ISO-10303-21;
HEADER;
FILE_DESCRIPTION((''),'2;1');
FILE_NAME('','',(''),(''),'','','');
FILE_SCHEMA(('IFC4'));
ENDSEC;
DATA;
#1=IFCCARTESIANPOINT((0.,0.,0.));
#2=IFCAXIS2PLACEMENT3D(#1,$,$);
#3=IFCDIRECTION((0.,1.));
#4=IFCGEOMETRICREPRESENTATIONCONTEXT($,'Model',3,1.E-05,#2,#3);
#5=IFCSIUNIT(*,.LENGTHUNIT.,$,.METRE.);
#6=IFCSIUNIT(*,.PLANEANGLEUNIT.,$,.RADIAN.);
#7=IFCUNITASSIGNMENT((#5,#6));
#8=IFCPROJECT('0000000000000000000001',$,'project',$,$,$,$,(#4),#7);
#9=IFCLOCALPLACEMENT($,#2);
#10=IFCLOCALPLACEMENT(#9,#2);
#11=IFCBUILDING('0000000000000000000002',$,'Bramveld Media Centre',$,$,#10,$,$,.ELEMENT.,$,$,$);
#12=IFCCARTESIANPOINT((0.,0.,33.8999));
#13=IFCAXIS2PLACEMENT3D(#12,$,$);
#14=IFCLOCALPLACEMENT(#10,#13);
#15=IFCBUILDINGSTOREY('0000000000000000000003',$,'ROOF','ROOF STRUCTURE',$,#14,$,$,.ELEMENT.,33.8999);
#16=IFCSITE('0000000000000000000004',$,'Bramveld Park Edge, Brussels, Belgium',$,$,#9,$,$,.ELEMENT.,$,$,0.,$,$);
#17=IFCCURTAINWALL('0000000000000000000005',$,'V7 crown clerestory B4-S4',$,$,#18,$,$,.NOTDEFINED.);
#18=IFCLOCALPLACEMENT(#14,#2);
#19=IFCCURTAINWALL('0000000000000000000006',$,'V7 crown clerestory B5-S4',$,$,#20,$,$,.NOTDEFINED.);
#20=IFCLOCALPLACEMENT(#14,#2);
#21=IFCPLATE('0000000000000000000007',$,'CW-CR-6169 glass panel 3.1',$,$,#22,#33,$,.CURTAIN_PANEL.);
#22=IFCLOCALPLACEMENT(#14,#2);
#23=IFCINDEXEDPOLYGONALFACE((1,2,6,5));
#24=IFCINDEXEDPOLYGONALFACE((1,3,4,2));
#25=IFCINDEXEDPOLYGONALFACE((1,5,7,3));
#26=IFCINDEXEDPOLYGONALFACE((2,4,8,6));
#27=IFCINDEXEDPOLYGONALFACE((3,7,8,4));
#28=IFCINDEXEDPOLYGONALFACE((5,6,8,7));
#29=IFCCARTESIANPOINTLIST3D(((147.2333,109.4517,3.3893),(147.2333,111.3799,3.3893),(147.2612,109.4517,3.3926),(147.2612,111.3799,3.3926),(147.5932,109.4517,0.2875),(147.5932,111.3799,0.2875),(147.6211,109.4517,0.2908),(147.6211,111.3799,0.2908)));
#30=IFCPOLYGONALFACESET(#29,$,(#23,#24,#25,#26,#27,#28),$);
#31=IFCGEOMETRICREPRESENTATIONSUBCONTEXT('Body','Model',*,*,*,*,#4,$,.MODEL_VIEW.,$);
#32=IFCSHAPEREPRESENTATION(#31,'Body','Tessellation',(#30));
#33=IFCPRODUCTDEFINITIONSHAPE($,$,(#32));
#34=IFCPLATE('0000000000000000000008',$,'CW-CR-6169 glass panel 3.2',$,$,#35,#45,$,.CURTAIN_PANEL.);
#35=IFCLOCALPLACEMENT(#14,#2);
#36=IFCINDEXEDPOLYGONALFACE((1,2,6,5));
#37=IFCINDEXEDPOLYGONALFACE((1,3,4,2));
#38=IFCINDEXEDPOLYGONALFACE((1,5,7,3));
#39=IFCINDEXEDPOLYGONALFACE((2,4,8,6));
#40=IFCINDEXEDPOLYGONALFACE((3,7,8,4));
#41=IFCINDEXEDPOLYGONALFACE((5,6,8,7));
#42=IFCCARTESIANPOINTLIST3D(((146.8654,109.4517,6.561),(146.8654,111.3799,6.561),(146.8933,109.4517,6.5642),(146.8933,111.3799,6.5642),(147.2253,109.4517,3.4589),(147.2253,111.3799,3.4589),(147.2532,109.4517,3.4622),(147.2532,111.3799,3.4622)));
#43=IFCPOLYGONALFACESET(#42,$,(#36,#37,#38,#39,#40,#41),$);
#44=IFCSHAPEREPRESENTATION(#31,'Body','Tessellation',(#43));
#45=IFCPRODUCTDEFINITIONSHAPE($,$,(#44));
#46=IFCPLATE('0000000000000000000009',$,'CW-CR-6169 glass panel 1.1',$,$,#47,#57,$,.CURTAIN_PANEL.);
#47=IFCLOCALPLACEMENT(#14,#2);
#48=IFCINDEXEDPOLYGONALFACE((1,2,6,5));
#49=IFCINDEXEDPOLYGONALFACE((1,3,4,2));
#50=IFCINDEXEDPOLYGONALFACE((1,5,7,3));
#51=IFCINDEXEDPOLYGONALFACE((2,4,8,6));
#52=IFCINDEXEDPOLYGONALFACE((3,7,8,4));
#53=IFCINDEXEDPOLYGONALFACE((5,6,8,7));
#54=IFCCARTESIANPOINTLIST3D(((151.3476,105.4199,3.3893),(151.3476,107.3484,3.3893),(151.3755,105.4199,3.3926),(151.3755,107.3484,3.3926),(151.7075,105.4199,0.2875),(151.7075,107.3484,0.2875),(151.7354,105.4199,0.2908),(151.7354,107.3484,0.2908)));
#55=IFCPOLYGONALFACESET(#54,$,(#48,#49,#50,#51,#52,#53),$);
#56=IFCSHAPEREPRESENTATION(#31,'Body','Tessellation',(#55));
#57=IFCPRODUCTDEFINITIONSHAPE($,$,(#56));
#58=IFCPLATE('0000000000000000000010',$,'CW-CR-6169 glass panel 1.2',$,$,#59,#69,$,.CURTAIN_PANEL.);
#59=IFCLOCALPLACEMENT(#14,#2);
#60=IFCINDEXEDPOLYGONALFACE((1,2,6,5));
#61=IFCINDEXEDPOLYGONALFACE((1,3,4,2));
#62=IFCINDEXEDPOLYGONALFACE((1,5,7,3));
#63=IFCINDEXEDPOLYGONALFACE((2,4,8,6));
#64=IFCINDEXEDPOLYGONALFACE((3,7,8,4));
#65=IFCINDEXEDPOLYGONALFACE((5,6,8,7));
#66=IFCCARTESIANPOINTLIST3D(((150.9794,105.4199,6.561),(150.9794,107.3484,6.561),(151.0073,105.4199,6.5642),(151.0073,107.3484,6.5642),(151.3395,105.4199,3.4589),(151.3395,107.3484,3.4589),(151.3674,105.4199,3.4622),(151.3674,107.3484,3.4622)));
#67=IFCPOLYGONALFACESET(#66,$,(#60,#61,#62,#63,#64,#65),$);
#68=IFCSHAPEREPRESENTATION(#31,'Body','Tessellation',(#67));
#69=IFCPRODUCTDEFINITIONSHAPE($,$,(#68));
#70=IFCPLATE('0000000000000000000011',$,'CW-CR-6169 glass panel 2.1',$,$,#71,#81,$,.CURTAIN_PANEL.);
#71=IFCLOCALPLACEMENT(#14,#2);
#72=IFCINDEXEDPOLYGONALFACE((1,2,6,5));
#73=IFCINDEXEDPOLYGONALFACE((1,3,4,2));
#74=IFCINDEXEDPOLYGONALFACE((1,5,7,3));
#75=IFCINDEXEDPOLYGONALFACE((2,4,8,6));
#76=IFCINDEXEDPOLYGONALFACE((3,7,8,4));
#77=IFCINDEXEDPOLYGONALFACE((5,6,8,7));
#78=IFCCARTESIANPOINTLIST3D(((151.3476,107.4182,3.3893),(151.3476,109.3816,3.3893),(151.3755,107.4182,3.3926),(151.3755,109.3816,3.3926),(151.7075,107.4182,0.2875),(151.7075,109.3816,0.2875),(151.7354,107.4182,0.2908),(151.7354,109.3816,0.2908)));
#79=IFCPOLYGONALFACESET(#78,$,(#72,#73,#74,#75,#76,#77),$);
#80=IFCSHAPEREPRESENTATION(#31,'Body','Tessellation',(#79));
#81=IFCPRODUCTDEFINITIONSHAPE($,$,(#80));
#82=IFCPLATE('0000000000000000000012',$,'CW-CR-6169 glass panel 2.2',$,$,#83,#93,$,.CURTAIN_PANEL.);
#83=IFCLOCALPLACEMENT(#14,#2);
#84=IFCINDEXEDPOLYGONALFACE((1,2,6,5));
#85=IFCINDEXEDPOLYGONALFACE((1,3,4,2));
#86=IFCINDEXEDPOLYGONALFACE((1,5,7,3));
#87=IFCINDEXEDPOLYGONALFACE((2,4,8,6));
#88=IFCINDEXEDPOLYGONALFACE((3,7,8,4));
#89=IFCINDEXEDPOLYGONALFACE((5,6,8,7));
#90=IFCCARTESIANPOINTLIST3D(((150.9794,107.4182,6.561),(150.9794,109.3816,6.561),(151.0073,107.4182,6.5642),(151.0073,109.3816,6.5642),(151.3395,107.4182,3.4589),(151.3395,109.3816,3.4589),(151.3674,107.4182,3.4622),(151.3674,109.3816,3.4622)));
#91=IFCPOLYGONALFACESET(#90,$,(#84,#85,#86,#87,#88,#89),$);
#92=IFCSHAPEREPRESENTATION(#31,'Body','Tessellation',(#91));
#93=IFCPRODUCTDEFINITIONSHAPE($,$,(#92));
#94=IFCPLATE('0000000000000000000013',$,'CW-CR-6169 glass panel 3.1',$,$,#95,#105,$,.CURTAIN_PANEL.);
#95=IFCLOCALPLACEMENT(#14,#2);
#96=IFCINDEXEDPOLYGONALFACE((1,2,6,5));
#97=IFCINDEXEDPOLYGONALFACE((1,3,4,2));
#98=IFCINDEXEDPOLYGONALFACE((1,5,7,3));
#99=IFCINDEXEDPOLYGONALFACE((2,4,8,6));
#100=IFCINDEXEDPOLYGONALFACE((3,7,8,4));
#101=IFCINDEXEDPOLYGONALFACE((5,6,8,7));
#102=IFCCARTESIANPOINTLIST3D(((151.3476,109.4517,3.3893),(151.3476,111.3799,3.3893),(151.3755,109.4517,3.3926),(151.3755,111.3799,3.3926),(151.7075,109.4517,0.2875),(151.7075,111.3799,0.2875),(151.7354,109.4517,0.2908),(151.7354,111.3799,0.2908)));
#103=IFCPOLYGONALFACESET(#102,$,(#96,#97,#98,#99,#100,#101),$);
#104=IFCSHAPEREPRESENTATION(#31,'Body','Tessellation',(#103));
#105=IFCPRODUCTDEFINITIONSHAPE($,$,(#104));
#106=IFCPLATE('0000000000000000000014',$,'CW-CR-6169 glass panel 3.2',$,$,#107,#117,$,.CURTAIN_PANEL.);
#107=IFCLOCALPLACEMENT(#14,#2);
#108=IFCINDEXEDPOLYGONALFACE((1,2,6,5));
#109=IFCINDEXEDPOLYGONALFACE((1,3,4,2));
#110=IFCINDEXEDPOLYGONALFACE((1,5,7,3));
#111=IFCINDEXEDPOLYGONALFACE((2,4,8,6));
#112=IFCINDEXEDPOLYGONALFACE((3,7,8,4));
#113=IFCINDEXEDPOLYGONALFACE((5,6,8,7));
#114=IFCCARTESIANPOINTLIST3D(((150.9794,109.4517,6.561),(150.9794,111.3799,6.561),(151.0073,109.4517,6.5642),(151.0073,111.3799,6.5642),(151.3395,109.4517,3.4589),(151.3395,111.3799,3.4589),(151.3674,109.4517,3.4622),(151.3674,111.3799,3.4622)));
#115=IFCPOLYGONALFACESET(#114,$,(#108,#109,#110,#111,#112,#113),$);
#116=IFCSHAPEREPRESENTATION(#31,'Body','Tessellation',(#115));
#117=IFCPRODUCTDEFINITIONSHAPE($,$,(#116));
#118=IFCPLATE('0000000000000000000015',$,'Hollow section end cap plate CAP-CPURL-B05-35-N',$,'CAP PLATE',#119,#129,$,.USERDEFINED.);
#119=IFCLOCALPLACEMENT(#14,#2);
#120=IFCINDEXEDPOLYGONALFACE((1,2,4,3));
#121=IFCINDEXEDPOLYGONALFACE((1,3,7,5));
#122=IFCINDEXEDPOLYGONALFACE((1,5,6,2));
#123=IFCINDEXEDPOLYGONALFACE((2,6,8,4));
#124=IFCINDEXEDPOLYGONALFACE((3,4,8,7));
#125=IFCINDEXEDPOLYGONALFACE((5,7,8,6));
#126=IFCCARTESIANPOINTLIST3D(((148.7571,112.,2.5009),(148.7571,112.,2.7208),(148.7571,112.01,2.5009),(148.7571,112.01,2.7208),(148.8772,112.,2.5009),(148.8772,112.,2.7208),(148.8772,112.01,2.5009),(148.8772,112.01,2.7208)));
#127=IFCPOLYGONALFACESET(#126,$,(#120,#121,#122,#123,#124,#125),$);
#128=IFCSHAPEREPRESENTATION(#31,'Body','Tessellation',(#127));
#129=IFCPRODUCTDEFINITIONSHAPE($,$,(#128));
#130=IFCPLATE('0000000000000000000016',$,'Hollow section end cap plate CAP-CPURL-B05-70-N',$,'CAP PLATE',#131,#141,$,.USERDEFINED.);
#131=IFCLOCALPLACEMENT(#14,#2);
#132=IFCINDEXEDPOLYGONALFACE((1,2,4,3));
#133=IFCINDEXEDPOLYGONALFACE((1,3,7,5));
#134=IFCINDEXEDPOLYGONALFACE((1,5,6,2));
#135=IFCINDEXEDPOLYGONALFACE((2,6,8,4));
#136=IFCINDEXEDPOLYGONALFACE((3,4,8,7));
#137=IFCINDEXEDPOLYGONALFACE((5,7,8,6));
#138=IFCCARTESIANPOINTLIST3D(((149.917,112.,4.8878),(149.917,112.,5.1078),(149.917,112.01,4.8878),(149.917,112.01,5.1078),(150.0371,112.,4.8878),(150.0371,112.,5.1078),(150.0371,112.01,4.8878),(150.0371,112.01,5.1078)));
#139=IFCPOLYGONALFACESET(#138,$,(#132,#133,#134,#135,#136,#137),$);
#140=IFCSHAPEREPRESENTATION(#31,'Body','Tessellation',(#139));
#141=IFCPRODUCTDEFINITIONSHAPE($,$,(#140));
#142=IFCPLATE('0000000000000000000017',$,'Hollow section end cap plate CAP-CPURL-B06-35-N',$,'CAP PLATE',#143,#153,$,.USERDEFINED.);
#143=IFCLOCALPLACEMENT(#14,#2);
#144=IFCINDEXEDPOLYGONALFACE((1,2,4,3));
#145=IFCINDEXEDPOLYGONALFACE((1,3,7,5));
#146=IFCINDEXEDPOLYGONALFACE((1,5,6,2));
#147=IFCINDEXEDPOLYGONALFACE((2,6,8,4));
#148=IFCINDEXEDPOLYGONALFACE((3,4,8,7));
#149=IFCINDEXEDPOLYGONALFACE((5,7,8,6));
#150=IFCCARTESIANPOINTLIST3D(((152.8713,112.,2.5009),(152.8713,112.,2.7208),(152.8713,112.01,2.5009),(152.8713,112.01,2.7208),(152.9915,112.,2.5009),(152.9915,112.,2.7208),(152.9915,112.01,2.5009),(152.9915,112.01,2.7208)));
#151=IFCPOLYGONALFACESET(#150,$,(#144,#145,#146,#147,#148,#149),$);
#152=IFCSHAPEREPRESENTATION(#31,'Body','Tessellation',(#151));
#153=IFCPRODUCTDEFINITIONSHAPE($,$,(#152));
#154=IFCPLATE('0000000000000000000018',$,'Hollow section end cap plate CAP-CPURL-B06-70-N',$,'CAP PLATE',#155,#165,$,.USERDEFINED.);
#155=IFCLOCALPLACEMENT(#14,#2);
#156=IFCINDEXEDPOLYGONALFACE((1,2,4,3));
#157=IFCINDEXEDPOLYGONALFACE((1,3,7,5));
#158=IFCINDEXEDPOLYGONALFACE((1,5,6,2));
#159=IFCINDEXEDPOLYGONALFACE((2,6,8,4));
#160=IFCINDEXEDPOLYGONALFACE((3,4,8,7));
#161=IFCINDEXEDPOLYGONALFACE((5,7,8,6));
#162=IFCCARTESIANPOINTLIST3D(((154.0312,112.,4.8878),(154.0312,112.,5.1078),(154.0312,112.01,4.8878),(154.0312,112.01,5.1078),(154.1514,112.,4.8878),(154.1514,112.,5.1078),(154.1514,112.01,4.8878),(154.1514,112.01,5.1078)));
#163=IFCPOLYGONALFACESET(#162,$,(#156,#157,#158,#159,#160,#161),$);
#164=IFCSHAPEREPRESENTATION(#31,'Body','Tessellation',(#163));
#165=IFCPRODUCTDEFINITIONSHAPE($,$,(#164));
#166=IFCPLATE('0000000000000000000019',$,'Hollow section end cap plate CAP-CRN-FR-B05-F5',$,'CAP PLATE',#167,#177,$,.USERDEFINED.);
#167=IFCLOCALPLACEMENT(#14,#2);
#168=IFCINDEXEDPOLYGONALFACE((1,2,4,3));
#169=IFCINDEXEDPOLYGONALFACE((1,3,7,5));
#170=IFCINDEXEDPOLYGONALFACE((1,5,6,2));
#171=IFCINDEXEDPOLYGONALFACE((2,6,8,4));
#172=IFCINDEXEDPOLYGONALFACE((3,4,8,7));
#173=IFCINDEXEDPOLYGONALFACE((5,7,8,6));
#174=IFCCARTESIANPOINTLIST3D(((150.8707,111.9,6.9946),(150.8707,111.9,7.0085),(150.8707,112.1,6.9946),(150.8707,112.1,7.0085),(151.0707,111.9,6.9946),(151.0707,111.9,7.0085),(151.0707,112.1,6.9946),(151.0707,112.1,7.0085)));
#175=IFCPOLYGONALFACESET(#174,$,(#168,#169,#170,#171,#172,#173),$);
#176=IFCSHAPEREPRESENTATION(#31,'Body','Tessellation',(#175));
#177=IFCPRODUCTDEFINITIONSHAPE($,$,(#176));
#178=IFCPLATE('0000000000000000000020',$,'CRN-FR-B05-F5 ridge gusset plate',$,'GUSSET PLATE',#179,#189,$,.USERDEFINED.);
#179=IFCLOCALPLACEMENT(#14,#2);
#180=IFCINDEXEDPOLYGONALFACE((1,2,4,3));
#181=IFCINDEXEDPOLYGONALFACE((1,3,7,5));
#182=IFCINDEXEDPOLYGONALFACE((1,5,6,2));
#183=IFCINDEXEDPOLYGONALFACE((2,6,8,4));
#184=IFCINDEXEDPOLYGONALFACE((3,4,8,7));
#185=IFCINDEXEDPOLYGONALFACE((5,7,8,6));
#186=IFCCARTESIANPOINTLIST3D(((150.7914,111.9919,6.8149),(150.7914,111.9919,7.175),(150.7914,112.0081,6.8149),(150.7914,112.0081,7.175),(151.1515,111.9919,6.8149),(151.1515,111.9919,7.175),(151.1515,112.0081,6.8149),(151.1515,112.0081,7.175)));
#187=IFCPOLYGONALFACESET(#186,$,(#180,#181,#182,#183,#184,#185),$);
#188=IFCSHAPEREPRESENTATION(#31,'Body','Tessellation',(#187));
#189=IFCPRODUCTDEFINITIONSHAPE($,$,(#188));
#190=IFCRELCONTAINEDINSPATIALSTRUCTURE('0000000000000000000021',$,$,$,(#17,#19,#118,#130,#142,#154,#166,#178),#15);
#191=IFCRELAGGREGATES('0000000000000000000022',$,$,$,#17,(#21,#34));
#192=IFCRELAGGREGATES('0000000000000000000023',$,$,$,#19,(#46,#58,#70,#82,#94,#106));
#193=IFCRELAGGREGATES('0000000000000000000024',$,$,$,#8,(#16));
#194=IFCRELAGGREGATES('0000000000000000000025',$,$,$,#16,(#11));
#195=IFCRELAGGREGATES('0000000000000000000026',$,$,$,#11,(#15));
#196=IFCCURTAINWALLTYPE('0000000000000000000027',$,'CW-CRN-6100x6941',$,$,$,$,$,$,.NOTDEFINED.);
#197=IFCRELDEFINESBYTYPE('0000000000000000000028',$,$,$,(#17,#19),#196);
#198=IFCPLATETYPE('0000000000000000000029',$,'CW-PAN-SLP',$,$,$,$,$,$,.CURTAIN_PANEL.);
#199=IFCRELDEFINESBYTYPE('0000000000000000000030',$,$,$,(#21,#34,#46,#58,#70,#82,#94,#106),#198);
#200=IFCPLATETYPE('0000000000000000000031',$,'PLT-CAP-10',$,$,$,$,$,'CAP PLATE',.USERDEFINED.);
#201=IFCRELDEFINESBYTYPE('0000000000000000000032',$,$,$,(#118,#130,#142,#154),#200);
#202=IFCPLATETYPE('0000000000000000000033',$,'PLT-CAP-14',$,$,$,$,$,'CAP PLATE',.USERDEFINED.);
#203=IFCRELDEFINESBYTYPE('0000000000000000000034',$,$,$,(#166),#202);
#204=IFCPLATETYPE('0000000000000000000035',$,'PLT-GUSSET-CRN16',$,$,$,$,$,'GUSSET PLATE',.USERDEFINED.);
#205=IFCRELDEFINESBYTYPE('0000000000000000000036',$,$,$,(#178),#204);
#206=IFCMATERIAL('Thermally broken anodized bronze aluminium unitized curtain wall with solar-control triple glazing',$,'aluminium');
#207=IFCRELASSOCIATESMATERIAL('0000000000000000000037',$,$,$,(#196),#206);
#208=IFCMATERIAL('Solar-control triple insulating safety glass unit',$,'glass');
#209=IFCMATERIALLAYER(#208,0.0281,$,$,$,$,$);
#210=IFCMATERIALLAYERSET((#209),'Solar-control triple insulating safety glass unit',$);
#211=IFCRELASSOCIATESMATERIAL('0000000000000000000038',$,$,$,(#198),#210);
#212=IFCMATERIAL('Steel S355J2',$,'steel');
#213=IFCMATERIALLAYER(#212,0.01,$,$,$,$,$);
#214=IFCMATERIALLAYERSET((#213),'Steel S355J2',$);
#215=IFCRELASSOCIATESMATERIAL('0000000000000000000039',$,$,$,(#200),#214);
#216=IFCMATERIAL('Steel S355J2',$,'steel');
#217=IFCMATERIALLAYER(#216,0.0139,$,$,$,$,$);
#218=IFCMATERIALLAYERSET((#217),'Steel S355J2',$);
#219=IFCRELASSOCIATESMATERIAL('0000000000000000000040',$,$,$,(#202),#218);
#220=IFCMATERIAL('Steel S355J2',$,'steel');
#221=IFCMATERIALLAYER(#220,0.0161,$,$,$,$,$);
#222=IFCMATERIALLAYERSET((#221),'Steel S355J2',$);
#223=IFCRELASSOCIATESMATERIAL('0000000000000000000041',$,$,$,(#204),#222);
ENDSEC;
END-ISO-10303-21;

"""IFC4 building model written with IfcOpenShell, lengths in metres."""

from ifc_helpers import new_model, si_unit, direction, frame, origin, origin_2d, place, context, subcontext, project, spatial, polyline, rectangle, outline, extrude, material, layer, layer_set, type_object, element, aggregate, save


model = new_model("IFC4")

# Units and contexts
model_context = context("Model", 3, precision=1e-05, world=origin(), true_north=direction((0.0, 1.0)))
body_context = subcontext(model_context, "Body", "Model", "MODEL_VIEW")
ifc_project = project(units=[si_unit("LENGTHUNIT", "METRE"), si_unit("PLANEANGLEUNIT", "RADIAN")], contexts=[model_context])

# Site, building, storey
site_placement = place(None, origin())
site = spatial("IfcSite", under=ifc_project, at=site_placement, Name="Bramveld Park Edge, Brussels, Belgium", CompositionType="ELEMENT", RefElevation=0.0)
building_placement = place(site_placement, origin())
building = spatial("IfcBuilding", under=site, at=building_placement, Name="Bramveld Media Centre", CompositionType="ELEMENT")
storey_placement = place(building_placement, frame((0.0, 0.0, 33.8999)))
storey = spatial("IfcBuildingStorey", under=building, at=storey_placement, Name="ROOF", Description="ROOF STRUCTURE", CompositionType="ELEMENT", Elevation=33.8999)

# Curtain walls
ifc_material_1 = material(Name="Thermally broken anodized bronze aluminium unitized curtain wall with solar-control triple glazing", Category="aluminium")
curtain_wall_type = type_object("IfcCurtainWallType", Name="CW-CRN-6100x6941", PredefinedType="NOTDEFINED", material=ifc_material_1)
curtain_wall_1_placement = place(storey_placement, origin())
curtain_wall_1 = element("IfcCurtainWall", 1, at=curtain_wall_1_placement, inside=storey, type_object=curtain_wall_type, Name="V7 crown clerestory B4-S4", PredefinedType="NOTDEFINED")
curtain_wall_2_placement = place(storey_placement, origin())
curtain_wall_2 = element("IfcCurtainWall", 2, at=curtain_wall_2_placement, inside=storey, type_object=curtain_wall_type, Name="V7 crown clerestory B5-S4", PredefinedType="NOTDEFINED")

# Plates
ifc_material_2 = material(Name="Solar-control triple insulating safety glass unit", Category="glass")
ifc_layer_1 = layer(ifc_material_2, 0.0281)
ifc_layer_set_1 = layer_set([ifc_layer_1], Name="Solar-control triple insulating safety glass unit")
plate_type_1 = type_object("IfcPlateType", Name="CW-PAN-SLP", PredefinedType="CURTAIN_PANEL", material=ifc_layer_set_1)
plate_1_placement = place(storey_placement, frame((147.6211, 109.4517, 0.2908), z_axis=(0.993337, 0.0, 0.115244), x_axis=(0.0, 1.0, 0.0)))
plate_1 = element("IfcPlate", 3, at=plate_1_placement, type_object=plate_type_1, Name="CW-CR-6169 glass panel 3.1", PredefinedType="CURTAIN_PANEL", context=body_context, shape_type="SweptSolid", body=[
    extrude(outline(polyline([(0.0, 0.0), (1.9282, 0.0), (1.9282, 3.1226), (0.0, 3.1226), (0.0, 0.0)])), origin(), (0.0, 0.0, -1.0), 0.0281),
])
plate_2_placement = place(storey_placement, frame((147.2532, 109.4517, 3.4622), z_axis=(0.993338, 0.0, 0.115235), x_axis=(0.0, 1.0, 0.0)))
plate_2 = element("IfcPlate", 4, at=plate_2_placement, type_object=plate_type_1, Name="CW-CR-6169 glass panel 3.2", PredefinedType="CURTAIN_PANEL", context=body_context, shape_type="SweptSolid", body=[
    extrude(outline(polyline([(0.0, 0.0), (1.9282, 0.0), (1.9282, 3.1229), (0.0, 3.1229), (0.0, 0.0)])), origin(), (0.0, 0.0, -1.0), 0.0281),
])
aggregate(curtain_wall_1, [plate_1, plate_2])
plate_3_placement = place(storey_placement, frame((151.7354, 105.4199, 0.2908), z_axis=(0.993337, 0.0, 0.115244), x_axis=(0.0, 1.0, 0.0)))
plate_3 = element("IfcPlate", 5, at=plate_3_placement, type_object=plate_type_1, Name="CW-CR-6169 glass panel 1.1", PredefinedType="CURTAIN_PANEL", context=body_context, shape_type="SweptSolid", body=[
    extrude(outline(polyline([(0.0, 0.0), (1.9285, 0.0), (1.9285, 3.1226), (0.0, 3.1226), (0.0, 0.0)])), origin(), (0.0, 0.0, -1.0), 0.0281),
])
plate_4_placement = place(storey_placement, frame((151.3674, 105.4199, 3.4622), z_axis=(0.993329, 0.0, 0.115313), x_axis=(0.0, 1.0, 0.0)))
plate_4 = element("IfcPlate", 6, at=plate_4_placement, type_object=plate_type_1, Name="CW-CR-6169 glass panel 1.2", PredefinedType="CURTAIN_PANEL", context=body_context, shape_type="SweptSolid", body=[
    extrude(outline(polyline([(0.0, 0.0), (1.9285, 0.0), (1.9285, 3.1229), (0.0, 3.1229), (0.0, 0.0)])), origin(), (0.0, 0.0, -1.0), 0.0281),
])
plate_5_placement = place(storey_placement, frame((151.7354, 107.4182, 0.2908), z_axis=(0.993337, 0.0, 0.115244), x_axis=(0.0, 1.0, 0.0)))
plate_5 = element("IfcPlate", 7, at=plate_5_placement, type_object=plate_type_1, Name="CW-CR-6169 glass panel 2.1", PredefinedType="CURTAIN_PANEL", context=body_context, shape_type="SweptSolid", body=[
    extrude(outline(polyline([(0.0, 0.0), (1.9634, 0.0), (1.9634, 3.1226), (0.0, 3.1226), (0.0, 0.0)])), origin(), (0.0, 0.0, -1.0), 0.0281),
])
plate_6_placement = place(storey_placement, frame((151.3674, 107.4182, 3.4622), z_axis=(0.993329, 0.0, 0.115313), x_axis=(0.0, 1.0, 0.0)))
plate_6 = element("IfcPlate", 8, at=plate_6_placement, type_object=plate_type_1, Name="CW-CR-6169 glass panel 2.2", PredefinedType="CURTAIN_PANEL", context=body_context, shape_type="SweptSolid", body=[
    extrude(outline(polyline([(0.0, 0.0), (1.9634, 0.0), (1.9634, 3.1229), (0.0, 3.1229), (0.0, 0.0)])), origin(), (0.0, 0.0, -1.0), 0.0281),
])
plate_7_placement = place(storey_placement, frame((151.7354, 109.4517, 0.2908), z_axis=(0.993337, 0.0, 0.115244), x_axis=(0.0, 1.0, 0.0)))
plate_7 = element("IfcPlate", 9, at=plate_7_placement, type_object=plate_type_1, Name="CW-CR-6169 glass panel 3.1", PredefinedType="CURTAIN_PANEL", context=body_context, shape_type="SweptSolid", body=[
    extrude(outline(polyline([(0.0, 0.0), (1.9282, 0.0), (1.9282, 3.1226), (0.0, 3.1226), (0.0, 0.0)])), origin(), (0.0, 0.0, -1.0), 0.0281),
])
plate_8_placement = place(storey_placement, frame((151.3674, 109.4517, 3.4622), z_axis=(0.993329, 0.0, 0.115313), x_axis=(0.0, 1.0, 0.0)))
plate_8 = element("IfcPlate", 10, at=plate_8_placement, type_object=plate_type_1, Name="CW-CR-6169 glass panel 3.2", PredefinedType="CURTAIN_PANEL", context=body_context, shape_type="SweptSolid", body=[
    extrude(outline(polyline([(0.0, 0.0), (1.9282, 0.0), (1.9282, 3.1229), (0.0, 3.1229), (0.0, 0.0)])), origin(), (0.0, 0.0, -1.0), 0.0281),
])
aggregate(curtain_wall_2, [plate_3, plate_4, plate_5, plate_6, plate_7, plate_8])

# Plates
ifc_material_3 = material(Name="Steel S355J2", Category="steel")
ifc_layer_2 = layer(ifc_material_3, 0.01)
ifc_layer_set_2 = layer_set([ifc_layer_2], Name="Steel S355J2")
plate_type_2 = type_object("IfcPlateType", Name="PLT-CAP-10", ElementType="CAP PLATE", PredefinedType="USERDEFINED", material=ifc_layer_set_2)
for number, where, z_axis, x_axis, name in (
    (11, (148.8171, 112.0, 2.6108), (0.0, 1.0, 0.0), (-1.0, 0.0, 0.0), "Hollow section end cap plate CAP-CPURL-B05-35-N"),
    (12, (149.9771, 112.0, 4.9978), (0.0, 1.0, 0.0), (-1.0, 0.0, 0.0), "Hollow section end cap plate CAP-CPURL-B05-70-N"),
    (13, (152.9314, 112.0, 2.6108), (0.0, 1.0, 0.0), (-1.0, 0.0, 0.0), "Hollow section end cap plate CAP-CPURL-B06-35-N"),
    (14, (154.0913, 112.0, 4.9978), (0.0, 1.0, 0.0), (-1.0, 0.0, 0.0), "Hollow section end cap plate CAP-CPURL-B06-70-N"),
):
    element("IfcPlate", number, at=place(storey_placement, frame(where, z_axis=z_axis, x_axis=x_axis)), inside=storey, type_object=plate_type_2, Name=name, ObjectType="CAP PLATE", PredefinedType="USERDEFINED", context=body_context, shape_type="SweptSolid", body=[
        extrude(rectangle(XDim=0.1201, YDim=0.22, at=origin_2d()), origin(), (0.0, 0.0, 1.0), 0.01),
    ])
ifc_material_4 = material(Name="Steel S355J2", Category="steel")
ifc_layer_3 = layer(ifc_material_4, 0.0139)
ifc_layer_set_3 = layer_set([ifc_layer_3], Name="Steel S355J2")
plate_type_3 = type_object("IfcPlateType", Name="PLT-CAP-14", ElementType="CAP PLATE", PredefinedType="USERDEFINED", material=ifc_layer_set_3)
plate_9_placement = place(storey_placement, frame((150.9707, 112.0, 6.9946), z_axis=(0.0, 0.0, 1.0), x_axis=(1.0, 0.0, 0.0)))
element("IfcPlate", 15, at=plate_9_placement, inside=storey, type_object=plate_type_3, Name="Hollow section end cap plate CAP-CRN-FR-B05-F5", ObjectType="CAP PLATE", PredefinedType="USERDEFINED", context=body_context, shape_type="SweptSolid", body=[
    extrude(rectangle(XDim=0.2, YDim=0.2, at=origin_2d()), origin(), (0.0, 0.0, 1.0), 0.0139),
])
ifc_material_5 = material(Name="Steel S355J2", Category="steel")
ifc_layer_4 = layer(ifc_material_5, 0.0161)
ifc_layer_set_4 = layer_set([ifc_layer_4], Name="Steel S355J2")
plate_type_4 = type_object("IfcPlateType", Name="PLT-GUSSET-CRN16", ElementType="GUSSET PLATE", PredefinedType="USERDEFINED", material=ifc_layer_set_4)
plate_10_placement = place(storey_placement, frame((150.9714, 112.0, 6.8149), z_axis=(0.0, 0.0, 1.0), x_axis=(1.0, 0.0, 0.0)))
element("IfcPlate", 16, at=plate_10_placement, inside=storey, type_object=plate_type_4, Name="CRN-FR-B05-F5 ridge gusset plate", ObjectType="GUSSET PLATE", PredefinedType="USERDEFINED", context=body_context, shape_type="SweptSolid", body=[
    extrude(rectangle(XDim=0.3601, YDim=0.0161, at=origin_2d()), origin(), (0.0, 0.0, 1.0), 0.3601),
])

save(model, "model.ifc")
